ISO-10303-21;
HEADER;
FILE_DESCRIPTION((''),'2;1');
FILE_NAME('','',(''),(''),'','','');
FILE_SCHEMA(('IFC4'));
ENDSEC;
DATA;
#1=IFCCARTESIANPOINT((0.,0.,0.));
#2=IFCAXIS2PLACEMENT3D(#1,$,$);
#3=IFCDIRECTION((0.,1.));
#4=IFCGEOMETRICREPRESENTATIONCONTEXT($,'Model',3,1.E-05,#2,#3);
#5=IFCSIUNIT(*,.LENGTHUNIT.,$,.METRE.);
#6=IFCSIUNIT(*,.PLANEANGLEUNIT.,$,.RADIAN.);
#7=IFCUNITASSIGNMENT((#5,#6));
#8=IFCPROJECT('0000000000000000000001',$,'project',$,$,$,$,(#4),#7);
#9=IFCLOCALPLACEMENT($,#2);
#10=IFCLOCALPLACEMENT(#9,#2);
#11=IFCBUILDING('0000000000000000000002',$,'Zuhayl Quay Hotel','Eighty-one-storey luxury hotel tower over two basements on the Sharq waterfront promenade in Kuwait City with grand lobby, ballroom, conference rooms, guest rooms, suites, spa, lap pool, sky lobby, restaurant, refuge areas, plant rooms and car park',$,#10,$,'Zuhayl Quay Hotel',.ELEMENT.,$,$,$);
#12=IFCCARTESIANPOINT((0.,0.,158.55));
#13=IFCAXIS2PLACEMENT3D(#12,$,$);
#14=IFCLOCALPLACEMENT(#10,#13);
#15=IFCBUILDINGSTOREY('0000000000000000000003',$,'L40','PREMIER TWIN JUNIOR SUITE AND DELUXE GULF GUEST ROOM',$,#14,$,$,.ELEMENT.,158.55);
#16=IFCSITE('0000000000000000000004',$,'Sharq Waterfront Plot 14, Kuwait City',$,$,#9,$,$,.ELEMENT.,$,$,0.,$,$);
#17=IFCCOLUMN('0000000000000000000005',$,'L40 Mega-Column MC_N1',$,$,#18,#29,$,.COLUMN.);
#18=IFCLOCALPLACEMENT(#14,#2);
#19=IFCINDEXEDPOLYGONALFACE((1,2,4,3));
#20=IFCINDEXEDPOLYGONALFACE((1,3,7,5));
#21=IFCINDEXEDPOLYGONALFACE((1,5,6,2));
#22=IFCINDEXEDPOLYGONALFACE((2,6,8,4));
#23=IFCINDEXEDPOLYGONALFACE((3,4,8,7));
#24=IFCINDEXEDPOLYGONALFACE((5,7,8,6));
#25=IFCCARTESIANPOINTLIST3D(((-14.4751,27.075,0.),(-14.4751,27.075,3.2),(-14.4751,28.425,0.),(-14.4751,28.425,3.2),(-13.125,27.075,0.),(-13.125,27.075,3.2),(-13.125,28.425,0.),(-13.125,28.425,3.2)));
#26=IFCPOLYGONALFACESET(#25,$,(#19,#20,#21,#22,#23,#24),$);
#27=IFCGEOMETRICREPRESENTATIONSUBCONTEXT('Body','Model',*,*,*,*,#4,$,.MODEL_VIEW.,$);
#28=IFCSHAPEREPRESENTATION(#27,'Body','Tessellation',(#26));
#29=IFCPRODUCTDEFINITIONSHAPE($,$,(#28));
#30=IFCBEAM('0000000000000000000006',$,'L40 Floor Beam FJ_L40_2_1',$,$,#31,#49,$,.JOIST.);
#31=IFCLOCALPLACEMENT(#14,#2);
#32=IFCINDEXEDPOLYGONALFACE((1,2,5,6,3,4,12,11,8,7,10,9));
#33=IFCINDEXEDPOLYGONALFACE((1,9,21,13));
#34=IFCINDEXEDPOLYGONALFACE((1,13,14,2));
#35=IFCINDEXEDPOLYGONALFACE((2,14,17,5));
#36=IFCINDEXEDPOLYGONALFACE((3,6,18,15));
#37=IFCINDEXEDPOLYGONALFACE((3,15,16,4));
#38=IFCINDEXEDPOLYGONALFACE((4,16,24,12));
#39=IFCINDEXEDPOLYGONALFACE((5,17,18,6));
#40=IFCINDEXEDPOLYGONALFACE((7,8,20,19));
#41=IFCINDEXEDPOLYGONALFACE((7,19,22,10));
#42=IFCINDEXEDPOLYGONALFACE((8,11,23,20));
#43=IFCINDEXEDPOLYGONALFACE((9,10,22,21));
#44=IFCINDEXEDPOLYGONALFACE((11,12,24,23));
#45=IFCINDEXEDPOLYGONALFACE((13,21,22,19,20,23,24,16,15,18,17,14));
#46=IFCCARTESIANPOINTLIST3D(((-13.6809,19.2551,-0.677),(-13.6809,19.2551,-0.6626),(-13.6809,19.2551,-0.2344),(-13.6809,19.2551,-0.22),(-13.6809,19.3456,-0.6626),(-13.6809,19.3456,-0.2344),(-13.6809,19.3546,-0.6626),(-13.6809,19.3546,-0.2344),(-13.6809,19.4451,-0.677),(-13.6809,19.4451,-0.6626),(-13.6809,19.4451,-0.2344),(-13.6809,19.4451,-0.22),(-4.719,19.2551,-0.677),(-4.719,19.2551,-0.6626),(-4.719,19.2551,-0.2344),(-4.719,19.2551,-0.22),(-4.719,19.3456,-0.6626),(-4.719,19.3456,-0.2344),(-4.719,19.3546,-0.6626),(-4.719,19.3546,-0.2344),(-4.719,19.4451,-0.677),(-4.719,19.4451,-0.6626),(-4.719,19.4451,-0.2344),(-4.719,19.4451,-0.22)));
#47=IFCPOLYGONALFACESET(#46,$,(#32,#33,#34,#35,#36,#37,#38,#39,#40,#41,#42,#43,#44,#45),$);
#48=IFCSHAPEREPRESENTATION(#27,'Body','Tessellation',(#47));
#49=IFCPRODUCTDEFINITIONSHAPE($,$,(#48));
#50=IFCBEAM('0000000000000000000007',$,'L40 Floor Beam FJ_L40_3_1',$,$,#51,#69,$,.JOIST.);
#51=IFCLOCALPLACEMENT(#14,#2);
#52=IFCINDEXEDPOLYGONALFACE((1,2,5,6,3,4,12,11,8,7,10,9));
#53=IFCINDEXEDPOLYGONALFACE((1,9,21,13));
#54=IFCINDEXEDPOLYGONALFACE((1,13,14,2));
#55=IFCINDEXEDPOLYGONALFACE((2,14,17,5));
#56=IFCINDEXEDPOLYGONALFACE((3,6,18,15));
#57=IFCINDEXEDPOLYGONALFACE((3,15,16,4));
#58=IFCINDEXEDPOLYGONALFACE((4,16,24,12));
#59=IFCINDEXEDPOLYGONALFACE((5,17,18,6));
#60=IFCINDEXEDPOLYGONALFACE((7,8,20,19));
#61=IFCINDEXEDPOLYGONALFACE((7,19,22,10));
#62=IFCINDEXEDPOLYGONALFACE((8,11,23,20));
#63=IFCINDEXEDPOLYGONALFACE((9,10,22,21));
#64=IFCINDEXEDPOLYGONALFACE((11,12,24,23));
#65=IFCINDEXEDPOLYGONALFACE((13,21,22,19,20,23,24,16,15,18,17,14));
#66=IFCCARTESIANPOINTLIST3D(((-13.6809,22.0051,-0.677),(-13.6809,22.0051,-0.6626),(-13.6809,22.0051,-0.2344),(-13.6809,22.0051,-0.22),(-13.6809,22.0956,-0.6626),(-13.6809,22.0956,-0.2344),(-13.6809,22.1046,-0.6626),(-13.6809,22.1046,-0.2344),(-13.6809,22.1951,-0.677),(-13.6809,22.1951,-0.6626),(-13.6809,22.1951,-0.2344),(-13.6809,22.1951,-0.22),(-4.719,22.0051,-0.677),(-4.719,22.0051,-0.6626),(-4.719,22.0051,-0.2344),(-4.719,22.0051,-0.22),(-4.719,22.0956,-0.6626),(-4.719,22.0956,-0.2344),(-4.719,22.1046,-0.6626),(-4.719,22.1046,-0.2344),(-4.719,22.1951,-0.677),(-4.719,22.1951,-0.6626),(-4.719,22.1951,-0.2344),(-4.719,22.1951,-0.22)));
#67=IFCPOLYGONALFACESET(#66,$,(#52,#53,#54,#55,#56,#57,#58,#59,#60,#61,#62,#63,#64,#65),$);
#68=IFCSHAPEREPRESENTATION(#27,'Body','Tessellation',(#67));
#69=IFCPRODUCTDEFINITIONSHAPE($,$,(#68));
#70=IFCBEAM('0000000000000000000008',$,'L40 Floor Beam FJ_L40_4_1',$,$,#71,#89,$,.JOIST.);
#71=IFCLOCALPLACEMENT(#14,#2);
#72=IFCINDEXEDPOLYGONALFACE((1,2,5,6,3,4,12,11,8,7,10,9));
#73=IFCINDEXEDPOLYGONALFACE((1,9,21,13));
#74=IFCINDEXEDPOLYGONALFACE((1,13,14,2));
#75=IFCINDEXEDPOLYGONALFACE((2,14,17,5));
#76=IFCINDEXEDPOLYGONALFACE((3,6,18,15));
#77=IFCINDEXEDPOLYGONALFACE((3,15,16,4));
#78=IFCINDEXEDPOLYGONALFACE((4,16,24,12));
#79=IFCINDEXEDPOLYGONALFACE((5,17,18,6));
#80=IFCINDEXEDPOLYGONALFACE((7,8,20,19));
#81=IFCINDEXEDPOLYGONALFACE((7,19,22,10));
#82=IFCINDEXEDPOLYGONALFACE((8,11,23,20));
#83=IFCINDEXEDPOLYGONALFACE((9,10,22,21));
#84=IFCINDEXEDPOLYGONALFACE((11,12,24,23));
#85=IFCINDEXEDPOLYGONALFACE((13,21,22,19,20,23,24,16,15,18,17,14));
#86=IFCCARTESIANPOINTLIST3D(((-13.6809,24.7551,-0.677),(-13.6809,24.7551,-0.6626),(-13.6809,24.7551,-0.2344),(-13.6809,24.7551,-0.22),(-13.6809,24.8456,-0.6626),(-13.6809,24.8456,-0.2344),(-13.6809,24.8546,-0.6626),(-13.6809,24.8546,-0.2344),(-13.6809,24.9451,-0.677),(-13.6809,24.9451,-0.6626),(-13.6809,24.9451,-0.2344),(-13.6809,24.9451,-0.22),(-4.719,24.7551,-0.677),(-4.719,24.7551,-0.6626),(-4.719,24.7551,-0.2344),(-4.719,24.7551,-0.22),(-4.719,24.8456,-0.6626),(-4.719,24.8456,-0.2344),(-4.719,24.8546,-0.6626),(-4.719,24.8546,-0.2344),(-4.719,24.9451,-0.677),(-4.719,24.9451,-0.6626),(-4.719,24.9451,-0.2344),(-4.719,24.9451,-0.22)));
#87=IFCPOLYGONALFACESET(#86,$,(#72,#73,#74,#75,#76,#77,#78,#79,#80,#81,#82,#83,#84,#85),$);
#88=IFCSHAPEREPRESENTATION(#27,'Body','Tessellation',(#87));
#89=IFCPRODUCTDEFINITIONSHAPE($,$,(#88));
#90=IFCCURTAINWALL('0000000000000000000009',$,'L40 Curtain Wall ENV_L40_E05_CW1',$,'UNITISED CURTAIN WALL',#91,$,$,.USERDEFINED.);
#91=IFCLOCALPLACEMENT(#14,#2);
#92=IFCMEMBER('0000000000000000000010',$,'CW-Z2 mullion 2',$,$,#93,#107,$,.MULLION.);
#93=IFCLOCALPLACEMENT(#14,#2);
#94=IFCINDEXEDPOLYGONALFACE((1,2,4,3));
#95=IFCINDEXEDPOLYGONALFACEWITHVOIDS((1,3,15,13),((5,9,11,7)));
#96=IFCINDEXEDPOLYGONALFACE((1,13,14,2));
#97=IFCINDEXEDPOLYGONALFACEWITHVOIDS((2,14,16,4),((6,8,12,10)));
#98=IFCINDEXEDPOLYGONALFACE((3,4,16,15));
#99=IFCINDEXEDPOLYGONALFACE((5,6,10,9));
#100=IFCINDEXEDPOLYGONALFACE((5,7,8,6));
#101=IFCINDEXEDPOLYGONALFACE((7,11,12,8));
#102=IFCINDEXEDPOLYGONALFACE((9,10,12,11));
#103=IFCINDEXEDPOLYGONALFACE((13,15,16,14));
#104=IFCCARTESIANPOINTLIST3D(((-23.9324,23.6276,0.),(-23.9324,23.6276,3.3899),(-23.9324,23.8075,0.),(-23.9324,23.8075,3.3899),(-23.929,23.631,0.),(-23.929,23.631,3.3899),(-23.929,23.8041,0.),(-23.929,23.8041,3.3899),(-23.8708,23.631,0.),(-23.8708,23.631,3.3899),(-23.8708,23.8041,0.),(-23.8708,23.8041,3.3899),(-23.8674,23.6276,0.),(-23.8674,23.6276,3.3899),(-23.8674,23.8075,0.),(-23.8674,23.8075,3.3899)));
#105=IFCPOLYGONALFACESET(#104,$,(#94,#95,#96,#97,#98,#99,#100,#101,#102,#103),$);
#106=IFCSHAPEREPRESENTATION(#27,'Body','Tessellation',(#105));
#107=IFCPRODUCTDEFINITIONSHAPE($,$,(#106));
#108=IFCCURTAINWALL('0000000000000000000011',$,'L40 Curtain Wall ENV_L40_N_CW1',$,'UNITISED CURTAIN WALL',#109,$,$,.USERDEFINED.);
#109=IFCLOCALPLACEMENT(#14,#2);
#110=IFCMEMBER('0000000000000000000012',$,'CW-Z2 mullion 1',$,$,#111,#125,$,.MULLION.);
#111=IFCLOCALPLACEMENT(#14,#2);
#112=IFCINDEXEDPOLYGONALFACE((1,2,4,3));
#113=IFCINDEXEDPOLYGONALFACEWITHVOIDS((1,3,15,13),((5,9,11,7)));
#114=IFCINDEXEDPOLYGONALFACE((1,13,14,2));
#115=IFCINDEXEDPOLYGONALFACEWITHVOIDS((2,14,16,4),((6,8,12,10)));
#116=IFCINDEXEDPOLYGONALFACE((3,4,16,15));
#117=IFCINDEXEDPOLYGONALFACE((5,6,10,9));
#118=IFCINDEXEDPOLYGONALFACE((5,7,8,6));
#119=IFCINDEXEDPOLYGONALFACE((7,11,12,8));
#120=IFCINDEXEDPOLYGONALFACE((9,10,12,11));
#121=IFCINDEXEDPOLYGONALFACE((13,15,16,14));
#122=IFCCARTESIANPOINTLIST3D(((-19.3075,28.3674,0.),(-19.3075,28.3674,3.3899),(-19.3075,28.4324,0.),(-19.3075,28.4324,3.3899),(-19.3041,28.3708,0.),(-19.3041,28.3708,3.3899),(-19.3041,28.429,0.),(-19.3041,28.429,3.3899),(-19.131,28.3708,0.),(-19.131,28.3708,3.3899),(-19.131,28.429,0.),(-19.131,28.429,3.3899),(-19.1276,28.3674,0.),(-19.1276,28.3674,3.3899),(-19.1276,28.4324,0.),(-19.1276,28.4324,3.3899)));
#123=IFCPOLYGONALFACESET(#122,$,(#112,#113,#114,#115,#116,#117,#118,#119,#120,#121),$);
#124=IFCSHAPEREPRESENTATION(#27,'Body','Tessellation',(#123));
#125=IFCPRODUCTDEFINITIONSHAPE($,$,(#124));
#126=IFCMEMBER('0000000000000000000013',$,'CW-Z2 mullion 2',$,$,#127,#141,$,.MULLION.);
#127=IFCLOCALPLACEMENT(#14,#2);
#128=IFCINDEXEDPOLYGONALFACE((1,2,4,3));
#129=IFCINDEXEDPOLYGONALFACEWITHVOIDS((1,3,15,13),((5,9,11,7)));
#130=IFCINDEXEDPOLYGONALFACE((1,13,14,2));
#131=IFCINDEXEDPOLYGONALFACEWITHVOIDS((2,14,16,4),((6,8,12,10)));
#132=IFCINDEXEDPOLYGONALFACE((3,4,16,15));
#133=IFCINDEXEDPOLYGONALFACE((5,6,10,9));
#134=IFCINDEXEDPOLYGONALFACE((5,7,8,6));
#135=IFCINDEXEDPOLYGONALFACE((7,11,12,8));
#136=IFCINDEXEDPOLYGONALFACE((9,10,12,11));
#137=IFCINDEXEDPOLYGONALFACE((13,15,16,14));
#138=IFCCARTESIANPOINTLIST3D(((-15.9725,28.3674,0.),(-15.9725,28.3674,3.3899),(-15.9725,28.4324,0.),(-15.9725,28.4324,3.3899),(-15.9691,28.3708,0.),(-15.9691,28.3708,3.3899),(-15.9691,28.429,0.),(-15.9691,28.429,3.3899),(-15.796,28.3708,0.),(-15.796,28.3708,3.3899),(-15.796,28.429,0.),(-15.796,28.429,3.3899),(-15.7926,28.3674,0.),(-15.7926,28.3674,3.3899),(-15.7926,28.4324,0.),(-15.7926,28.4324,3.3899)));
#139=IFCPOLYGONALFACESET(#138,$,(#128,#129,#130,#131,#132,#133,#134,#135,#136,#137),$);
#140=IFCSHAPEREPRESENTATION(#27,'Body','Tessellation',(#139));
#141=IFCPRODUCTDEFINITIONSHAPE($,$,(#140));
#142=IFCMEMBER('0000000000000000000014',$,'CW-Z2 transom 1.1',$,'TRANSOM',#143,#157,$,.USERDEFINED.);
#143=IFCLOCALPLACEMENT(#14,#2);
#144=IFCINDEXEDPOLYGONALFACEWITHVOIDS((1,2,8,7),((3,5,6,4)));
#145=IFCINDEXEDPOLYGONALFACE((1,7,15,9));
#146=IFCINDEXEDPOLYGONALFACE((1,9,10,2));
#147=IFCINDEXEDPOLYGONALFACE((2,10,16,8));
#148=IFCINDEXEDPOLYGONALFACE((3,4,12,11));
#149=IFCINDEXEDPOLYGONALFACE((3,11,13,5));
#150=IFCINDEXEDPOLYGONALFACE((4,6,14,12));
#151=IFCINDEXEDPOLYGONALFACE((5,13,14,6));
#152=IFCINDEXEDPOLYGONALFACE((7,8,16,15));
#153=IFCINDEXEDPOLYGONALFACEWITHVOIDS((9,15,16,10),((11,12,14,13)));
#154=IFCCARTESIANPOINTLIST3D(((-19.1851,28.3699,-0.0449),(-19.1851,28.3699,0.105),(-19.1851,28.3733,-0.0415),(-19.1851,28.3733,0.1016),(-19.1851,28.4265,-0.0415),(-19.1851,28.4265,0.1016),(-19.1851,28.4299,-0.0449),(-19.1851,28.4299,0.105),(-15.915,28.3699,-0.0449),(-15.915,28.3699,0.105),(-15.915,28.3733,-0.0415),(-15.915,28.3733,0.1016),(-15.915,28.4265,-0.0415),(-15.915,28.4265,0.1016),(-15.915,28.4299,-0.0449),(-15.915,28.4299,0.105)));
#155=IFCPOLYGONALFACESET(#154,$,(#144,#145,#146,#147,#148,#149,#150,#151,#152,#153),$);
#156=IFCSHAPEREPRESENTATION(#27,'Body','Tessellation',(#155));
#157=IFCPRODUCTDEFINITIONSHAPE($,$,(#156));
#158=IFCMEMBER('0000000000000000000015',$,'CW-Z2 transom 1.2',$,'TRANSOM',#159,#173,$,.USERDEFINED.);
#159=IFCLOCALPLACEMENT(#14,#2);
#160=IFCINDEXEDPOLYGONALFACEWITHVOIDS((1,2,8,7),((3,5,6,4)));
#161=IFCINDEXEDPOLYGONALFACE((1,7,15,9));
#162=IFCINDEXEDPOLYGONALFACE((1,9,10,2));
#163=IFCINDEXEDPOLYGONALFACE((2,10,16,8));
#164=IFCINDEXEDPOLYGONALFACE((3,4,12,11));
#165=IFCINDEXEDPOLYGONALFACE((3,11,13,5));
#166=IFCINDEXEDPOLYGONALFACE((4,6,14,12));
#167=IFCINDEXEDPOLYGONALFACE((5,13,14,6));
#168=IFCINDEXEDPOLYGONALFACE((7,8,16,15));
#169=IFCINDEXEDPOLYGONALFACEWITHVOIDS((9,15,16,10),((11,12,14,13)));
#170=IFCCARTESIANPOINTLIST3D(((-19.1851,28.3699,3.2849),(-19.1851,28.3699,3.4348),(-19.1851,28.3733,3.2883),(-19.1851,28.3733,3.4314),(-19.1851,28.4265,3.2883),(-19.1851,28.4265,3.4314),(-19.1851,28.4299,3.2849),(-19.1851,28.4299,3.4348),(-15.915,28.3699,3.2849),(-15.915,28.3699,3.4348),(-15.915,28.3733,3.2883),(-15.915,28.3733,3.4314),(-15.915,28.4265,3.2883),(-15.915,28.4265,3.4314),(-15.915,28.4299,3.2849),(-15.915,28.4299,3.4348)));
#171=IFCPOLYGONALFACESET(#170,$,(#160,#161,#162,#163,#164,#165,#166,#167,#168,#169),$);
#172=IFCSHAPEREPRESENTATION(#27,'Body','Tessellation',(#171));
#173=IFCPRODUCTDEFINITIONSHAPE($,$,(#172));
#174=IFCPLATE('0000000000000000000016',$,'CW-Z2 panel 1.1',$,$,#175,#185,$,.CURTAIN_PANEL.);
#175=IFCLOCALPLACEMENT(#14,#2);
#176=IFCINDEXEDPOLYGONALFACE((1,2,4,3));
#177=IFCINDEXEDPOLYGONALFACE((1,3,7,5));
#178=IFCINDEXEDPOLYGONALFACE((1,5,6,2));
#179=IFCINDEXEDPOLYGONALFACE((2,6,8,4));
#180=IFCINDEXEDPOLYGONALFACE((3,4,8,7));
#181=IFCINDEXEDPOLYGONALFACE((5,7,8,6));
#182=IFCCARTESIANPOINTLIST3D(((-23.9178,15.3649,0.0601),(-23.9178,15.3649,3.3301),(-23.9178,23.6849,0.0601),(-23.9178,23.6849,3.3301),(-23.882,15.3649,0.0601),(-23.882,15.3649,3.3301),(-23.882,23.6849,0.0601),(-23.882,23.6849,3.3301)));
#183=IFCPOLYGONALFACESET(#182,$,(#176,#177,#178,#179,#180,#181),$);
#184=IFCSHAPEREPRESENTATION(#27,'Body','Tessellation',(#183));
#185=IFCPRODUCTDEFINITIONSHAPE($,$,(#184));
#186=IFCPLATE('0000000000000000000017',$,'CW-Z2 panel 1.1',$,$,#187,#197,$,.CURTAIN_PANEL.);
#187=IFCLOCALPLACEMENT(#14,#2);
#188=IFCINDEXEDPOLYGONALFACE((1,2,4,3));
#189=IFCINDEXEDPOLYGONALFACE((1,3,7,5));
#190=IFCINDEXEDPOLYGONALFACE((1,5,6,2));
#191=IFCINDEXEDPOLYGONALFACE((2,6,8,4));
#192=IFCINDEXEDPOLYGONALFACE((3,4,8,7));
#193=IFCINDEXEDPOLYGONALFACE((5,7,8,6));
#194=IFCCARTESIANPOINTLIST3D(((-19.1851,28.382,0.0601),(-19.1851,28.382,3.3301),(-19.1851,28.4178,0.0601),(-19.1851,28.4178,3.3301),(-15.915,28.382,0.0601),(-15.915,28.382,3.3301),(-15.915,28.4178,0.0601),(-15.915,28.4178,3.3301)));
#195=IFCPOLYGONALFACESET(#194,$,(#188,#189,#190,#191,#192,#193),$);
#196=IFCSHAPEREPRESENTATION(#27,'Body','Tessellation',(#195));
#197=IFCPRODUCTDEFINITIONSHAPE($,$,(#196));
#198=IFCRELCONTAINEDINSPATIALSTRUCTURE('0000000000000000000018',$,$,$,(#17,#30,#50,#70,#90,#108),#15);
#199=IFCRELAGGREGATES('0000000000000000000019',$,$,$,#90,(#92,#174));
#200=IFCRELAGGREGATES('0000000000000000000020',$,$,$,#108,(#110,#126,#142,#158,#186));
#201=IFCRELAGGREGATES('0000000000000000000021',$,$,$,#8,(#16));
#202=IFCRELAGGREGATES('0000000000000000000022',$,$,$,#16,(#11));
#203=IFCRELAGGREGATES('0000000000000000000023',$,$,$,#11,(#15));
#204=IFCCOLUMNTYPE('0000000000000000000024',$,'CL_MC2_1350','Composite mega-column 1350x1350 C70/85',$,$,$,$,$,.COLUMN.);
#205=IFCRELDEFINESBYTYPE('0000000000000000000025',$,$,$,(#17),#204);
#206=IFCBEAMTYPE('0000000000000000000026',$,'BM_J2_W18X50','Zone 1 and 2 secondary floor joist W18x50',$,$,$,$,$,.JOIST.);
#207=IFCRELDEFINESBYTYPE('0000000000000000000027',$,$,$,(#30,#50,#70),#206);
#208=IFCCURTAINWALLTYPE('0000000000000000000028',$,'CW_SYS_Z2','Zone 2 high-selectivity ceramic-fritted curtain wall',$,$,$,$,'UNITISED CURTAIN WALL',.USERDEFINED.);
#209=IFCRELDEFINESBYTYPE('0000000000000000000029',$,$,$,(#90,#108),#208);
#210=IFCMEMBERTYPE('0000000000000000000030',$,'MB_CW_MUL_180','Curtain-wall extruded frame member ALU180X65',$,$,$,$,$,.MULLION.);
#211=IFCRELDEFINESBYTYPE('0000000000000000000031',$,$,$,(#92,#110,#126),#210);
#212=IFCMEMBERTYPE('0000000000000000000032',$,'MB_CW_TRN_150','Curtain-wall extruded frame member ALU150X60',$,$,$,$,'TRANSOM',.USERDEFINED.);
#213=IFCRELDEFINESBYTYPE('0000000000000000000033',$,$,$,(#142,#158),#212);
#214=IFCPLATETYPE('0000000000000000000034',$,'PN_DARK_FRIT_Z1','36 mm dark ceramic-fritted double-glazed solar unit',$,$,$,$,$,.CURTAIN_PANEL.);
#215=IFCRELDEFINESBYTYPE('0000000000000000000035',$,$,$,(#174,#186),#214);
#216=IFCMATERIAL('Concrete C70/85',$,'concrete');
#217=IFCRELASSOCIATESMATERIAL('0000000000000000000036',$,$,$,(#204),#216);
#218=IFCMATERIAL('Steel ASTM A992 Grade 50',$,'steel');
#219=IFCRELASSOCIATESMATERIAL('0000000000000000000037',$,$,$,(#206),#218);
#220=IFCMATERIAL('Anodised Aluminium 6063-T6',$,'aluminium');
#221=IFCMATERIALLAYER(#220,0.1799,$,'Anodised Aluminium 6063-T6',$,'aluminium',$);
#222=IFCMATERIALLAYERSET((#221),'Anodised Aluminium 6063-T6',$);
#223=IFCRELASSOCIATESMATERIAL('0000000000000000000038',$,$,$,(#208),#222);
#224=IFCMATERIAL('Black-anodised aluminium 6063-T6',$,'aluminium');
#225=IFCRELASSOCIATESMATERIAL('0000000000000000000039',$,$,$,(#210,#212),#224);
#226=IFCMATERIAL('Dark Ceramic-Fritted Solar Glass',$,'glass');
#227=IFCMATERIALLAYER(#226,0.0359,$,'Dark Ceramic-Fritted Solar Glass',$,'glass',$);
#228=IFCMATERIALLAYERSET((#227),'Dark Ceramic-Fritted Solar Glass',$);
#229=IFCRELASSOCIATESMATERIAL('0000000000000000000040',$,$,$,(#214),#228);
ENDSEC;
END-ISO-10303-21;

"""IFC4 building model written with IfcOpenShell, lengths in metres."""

from ifc_helpers import new_model, si_unit, direction, frame, origin, origin_2d, place, context, subcontext, project, spatial, rectangle, hollow_rectangle, i_section, extrude, material, layer, layer_set, material_profile, profile_set, type_object, element, aggregate, save


model = new_model("IFC4")

# Units and contexts
model_context = context("Model", 3, precision=1e-05, world=origin(), true_north=direction((0.0, 1.0)))
body_context = subcontext(model_context, "Body", "Model", "MODEL_VIEW")
ifc_project = project(units=[si_unit("LENGTHUNIT", "METRE"), si_unit("PLANEANGLEUNIT", "RADIAN")], contexts=[model_context])

# Site, building, storey
site_placement = place(None, origin())
site = spatial("IfcSite", under=ifc_project, at=site_placement, Name="Sharq Waterfront Plot 14, Kuwait City", CompositionType="ELEMENT", RefElevation=0.0)
building_placement = place(site_placement, origin())
building = spatial("IfcBuilding", under=site, at=building_placement, Name="Zuhayl Quay Hotel", Description="Eighty-one-storey luxury hotel tower over two basements on the Sharq waterfront promenade in Kuwait City with grand lobby, ballroom, conference rooms, guest rooms, suites, spa, lap pool, sky lobby, restaurant, refuge areas, plant rooms and car park", LongName="Zuhayl Quay Hotel", CompositionType="ELEMENT")
storey_placement = place(building_placement, frame((0.0, 0.0, 158.55)))
storey = spatial("IfcBuildingStorey", under=building, at=storey_placement, Name="L40", Description="PREMIER TWIN JUNIOR SUITE AND DELUXE GULF GUEST ROOM", CompositionType="ELEMENT", Elevation=158.55)

# Column
ifc_material_1 = material(Name="Concrete C70/85", Category="concrete")
ifc_material_profile_1 = material_profile(ifc_material_1, rectangle(XDim=1.3501, YDim=1.3501, at=origin_2d()), Name="RC1350X1350")
ifc_profile_set_1 = profile_set([ifc_material_profile_1], Name="Concrete C70/85")
column_type = type_object("IfcColumnType", Name="CL_MC2_1350", Description="Composite mega-column 1350x1350 C70/85", PredefinedType="COLUMN", material=ifc_profile_set_1)
column_placement = place(storey_placement, frame((-13.8, 27.75, 0.0), z_axis=(0.0, 0.0, 1.0), x_axis=(1.0, 0.0, 0.0)))
element("IfcColumn", 1, at=column_placement, inside=storey, type_object=column_type, Name="L40 Mega-Column MC_N1", PredefinedType="COLUMN", context=body_context, shape_type="SweptSolid", body=[
    extrude(rectangle(XDim=1.3501, YDim=1.3501, at=origin_2d()), origin(), (0.0, 0.0, 1.0), 3.2),
])

# Beams
ifc_material_2 = material(Name="Steel ASTM A992 Grade 50", Category="steel")
ifc_material_profile_2 = material_profile(ifc_material_2, i_section(OverallWidth=0.1899, OverallDepth=0.457, WebThickness=0.009, FlangeThickness=0.0144, at=origin_2d()), Name="W18X50")
ifc_profile_set_2 = profile_set([ifc_material_profile_2], Name="Steel ASTM A992 Grade 50")
beam_type = type_object("IfcBeamType", Name="BM_J2_W18X50", Description="Zone 1 and 2 secondary floor joist W18x50", PredefinedType="JOIST", material=ifc_profile_set_2)
for number, where, z_axis, x_axis, name in (
    (2, (-13.6809, 19.3501, -0.4485), (1.0, 0.0, 0.0), (0.0, 1.0, 0.0), "L40 Floor Beam FJ_L40_2_1"),
    (3, (-13.6809, 22.1001, -0.4485), (1.0, 0.0, 0.0), (0.0, 1.0, 0.0), "L40 Floor Beam FJ_L40_3_1"),
    (4, (-13.6809, 24.8501, -0.4485), (1.0, 0.0, 0.0), (0.0, 1.0, 0.0), "L40 Floor Beam FJ_L40_4_1"),
):
    element("IfcBeam", number, at=place(storey_placement, frame(where, z_axis=z_axis, x_axis=x_axis)), inside=storey, type_object=beam_type, Name=name, PredefinedType="JOIST", context=body_context, shape_type="SweptSolid", body=[
        extrude(i_section(OverallWidth=0.1899, OverallDepth=0.457, WebThickness=0.009, FlangeThickness=0.0144, at=origin_2d()), origin(), (0.0, 0.0, 1.0), 8.9619),
    ])

# Curtain wall, member
ifc_material_3 = material(Name="Anodised Aluminium 6063-T6", Category="aluminium")
ifc_layer_1 = layer(ifc_material_3, 0.1799, Name="Anodised Aluminium 6063-T6", Category="aluminium")
ifc_layer_set_1 = layer_set([ifc_layer_1], Name="Anodised Aluminium 6063-T6")
curtain_wall_type = type_object("IfcCurtainWallType", Name="CW_SYS_Z2", Description="Zone 2 high-selectivity ceramic-fritted curtain wall", ElementType="UNITISED CURTAIN WALL", PredefinedType="USERDEFINED", material=ifc_layer_set_1)
curtain_wall_1_placement = place(storey_placement, origin())
curtain_wall_1 = element("IfcCurtainWall", 5, at=curtain_wall_1_placement, inside=storey, type_object=curtain_wall_type, Name="L40 Curtain Wall ENV_L40_E05_CW1", ObjectType="UNITISED CURTAIN WALL", PredefinedType="USERDEFINED")
ifc_material_4 = material(Name="Black-anodised aluminium 6063-T6", Category="aluminium")
ifc_material_profile_3 = material_profile(ifc_material_4, hollow_rectangle(XDim=0.0649, YDim=0.1799, WallThickness=0.0034, at=origin_2d()), Name="ALU180X65")
ifc_profile_set_3 = profile_set([ifc_material_profile_3], Name="Black-anodised aluminium 6063-T6")
member_type_1 = type_object("IfcMemberType", Name="MB_CW_MUL_180", Description="Curtain-wall extruded frame member ALU180X65", PredefinedType="MULLION", material=ifc_profile_set_3)
member_1_placement = place(storey_placement, frame((-23.8999, 23.7175, 0.0), z_axis=(0.0, 0.0, 1.0), x_axis=(-1.0, 0.0, 0.0)))
member_1 = element("IfcMember", 6, at=member_1_placement, type_object=member_type_1, Name="CW-Z2 mullion 2", PredefinedType="MULLION", context=body_context, shape_type="SweptSolid", body=[
    extrude(hollow_rectangle(XDim=0.0649, YDim=0.1799, WallThickness=0.0034, at=origin_2d()), origin(), (0.0, 0.0, 1.0), 3.3899),
])

# Curtain wall, members
curtain_wall_2_placement = place(storey_placement, origin())
curtain_wall_2 = element("IfcCurtainWall", 7, at=curtain_wall_2_placement, inside=storey, type_object=curtain_wall_type, Name="L40 Curtain Wall ENV_L40_N_CW1", ObjectType="UNITISED CURTAIN WALL", PredefinedType="USERDEFINED")
member_2_placement = place(storey_placement, frame((-19.2175, 28.3999, 0.0), z_axis=(0.0, 0.0, 1.0), x_axis=(0.0, 1.0, 0.0)))
member_2 = element("IfcMember", 8, at=member_2_placement, type_object=member_type_1, Name="CW-Z2 mullion 1", PredefinedType="MULLION", context=body_context, shape_type="SweptSolid", body=[
    extrude(hollow_rectangle(XDim=0.0649, YDim=0.1799, WallThickness=0.0034, at=origin_2d()), origin(), (0.0, 0.0, 1.0), 3.3899),
])
member_3_placement = place(storey_placement, frame((-15.8826, 28.3999, 0.0), z_axis=(0.0, 0.0, 1.0), x_axis=(0.0, 1.0, 0.0)))
member_3 = element("IfcMember", 9, at=member_3_placement, type_object=member_type_1, Name="CW-Z2 mullion 2", PredefinedType="MULLION", context=body_context, shape_type="SweptSolid", body=[
    extrude(hollow_rectangle(XDim=0.0649, YDim=0.1799, WallThickness=0.0034, at=origin_2d()), origin(), (0.0, 0.0, 1.0), 3.3899),
])
ifc_material_profile_4 = material_profile(ifc_material_4, hollow_rectangle(XDim=0.0601, YDim=0.1499, WallThickness=0.0034, at=origin_2d()), Name="ALU150X60")
ifc_profile_set_4 = profile_set([ifc_material_profile_4], Name="Black-anodised aluminium 6063-T6")
member_type_2 = type_object("IfcMemberType", Name="MB_CW_TRN_150", Description="Curtain-wall extruded frame member ALU150X60", ElementType="TRANSOM", PredefinedType="USERDEFINED", material=ifc_profile_set_4)
member_4_placement = place(storey_placement, frame((-19.1851, 28.3999, 0.03), z_axis=(1.0, 0.0, 0.0), x_axis=(0.0, 1.0, 0.0)))
member_4 = element("IfcMember", 10, at=member_4_placement, type_object=member_type_2, Name="CW-Z2 transom 1.1", ObjectType="TRANSOM", PredefinedType="USERDEFINED", context=body_context, shape_type="SweptSolid", body=[
    extrude(hollow_rectangle(XDim=0.0601, YDim=0.1499, WallThickness=0.0034, at=origin_2d()), origin(), (0.0, 0.0, 1.0), 3.27),
])
member_5_placement = place(storey_placement, frame((-19.1851, 28.3999, 3.3599), z_axis=(1.0, 0.0, 0.0), x_axis=(0.0, 1.0, 0.0)))
member_5 = element("IfcMember", 11, at=member_5_placement, type_object=member_type_2, Name="CW-Z2 transom 1.2", ObjectType="TRANSOM", PredefinedType="USERDEFINED", context=body_context, shape_type="SweptSolid", body=[
    extrude(hollow_rectangle(XDim=0.0601, YDim=0.1499, WallThickness=0.0034, at=origin_2d()), origin(), (0.0, 0.0, 1.0), 3.27),
])

# Plates
ifc_material_5 = material(Name="Dark Ceramic-Fritted Solar Glass", Category="glass")
ifc_layer_2 = layer(ifc_material_5, 0.0359, Name="Dark Ceramic-Fritted Solar Glass", Category="glass")
ifc_layer_set_2 = layer_set([ifc_layer_2], Name="Dark Ceramic-Fritted Solar Glass")
plate_type = type_object("IfcPlateType", Name="PN_DARK_FRIT_Z1", Description="36 mm dark ceramic-fritted double-glazed solar unit", PredefinedType="CURTAIN_PANEL", material=ifc_layer_set_2)
plate_1_placement = place(storey_placement, frame((-23.8999, 19.5249, 0.0601), z_axis=(0.0, 0.0, 1.0), x_axis=(0.0, 1.0, 0.0)))
plate_1 = element("IfcPlate", 12, at=plate_1_placement, type_object=plate_type, Name="CW-Z2 panel 1.1", PredefinedType="CURTAIN_PANEL", context=body_context, shape_type="SweptSolid", body=[
    extrude(rectangle(XDim=8.3201, YDim=0.0359, at=origin_2d()), origin(), (0.0, 0.0, 1.0), 3.27),
])
aggregate(curtain_wall_1, [member_1, plate_1])
plate_2_placement = place(storey_placement, frame((-17.55, 28.3999, 0.0601), z_axis=(0.0, 0.0, 1.0), x_axis=(1.0, 0.0, 0.0)))
plate_2 = element("IfcPlate", 13, at=plate_2_placement, type_object=plate_type, Name="CW-Z2 panel 1.1", PredefinedType="CURTAIN_PANEL", context=body_context, shape_type="SweptSolid", body=[
    extrude(rectangle(XDim=3.27, YDim=0.0359, at=origin_2d()), origin(), (0.0, 0.0, 1.0), 3.27),
])
aggregate(curtain_wall_2, [member_2, member_3, member_4, member_5, plate_2])

save(model, "model.ifc")
